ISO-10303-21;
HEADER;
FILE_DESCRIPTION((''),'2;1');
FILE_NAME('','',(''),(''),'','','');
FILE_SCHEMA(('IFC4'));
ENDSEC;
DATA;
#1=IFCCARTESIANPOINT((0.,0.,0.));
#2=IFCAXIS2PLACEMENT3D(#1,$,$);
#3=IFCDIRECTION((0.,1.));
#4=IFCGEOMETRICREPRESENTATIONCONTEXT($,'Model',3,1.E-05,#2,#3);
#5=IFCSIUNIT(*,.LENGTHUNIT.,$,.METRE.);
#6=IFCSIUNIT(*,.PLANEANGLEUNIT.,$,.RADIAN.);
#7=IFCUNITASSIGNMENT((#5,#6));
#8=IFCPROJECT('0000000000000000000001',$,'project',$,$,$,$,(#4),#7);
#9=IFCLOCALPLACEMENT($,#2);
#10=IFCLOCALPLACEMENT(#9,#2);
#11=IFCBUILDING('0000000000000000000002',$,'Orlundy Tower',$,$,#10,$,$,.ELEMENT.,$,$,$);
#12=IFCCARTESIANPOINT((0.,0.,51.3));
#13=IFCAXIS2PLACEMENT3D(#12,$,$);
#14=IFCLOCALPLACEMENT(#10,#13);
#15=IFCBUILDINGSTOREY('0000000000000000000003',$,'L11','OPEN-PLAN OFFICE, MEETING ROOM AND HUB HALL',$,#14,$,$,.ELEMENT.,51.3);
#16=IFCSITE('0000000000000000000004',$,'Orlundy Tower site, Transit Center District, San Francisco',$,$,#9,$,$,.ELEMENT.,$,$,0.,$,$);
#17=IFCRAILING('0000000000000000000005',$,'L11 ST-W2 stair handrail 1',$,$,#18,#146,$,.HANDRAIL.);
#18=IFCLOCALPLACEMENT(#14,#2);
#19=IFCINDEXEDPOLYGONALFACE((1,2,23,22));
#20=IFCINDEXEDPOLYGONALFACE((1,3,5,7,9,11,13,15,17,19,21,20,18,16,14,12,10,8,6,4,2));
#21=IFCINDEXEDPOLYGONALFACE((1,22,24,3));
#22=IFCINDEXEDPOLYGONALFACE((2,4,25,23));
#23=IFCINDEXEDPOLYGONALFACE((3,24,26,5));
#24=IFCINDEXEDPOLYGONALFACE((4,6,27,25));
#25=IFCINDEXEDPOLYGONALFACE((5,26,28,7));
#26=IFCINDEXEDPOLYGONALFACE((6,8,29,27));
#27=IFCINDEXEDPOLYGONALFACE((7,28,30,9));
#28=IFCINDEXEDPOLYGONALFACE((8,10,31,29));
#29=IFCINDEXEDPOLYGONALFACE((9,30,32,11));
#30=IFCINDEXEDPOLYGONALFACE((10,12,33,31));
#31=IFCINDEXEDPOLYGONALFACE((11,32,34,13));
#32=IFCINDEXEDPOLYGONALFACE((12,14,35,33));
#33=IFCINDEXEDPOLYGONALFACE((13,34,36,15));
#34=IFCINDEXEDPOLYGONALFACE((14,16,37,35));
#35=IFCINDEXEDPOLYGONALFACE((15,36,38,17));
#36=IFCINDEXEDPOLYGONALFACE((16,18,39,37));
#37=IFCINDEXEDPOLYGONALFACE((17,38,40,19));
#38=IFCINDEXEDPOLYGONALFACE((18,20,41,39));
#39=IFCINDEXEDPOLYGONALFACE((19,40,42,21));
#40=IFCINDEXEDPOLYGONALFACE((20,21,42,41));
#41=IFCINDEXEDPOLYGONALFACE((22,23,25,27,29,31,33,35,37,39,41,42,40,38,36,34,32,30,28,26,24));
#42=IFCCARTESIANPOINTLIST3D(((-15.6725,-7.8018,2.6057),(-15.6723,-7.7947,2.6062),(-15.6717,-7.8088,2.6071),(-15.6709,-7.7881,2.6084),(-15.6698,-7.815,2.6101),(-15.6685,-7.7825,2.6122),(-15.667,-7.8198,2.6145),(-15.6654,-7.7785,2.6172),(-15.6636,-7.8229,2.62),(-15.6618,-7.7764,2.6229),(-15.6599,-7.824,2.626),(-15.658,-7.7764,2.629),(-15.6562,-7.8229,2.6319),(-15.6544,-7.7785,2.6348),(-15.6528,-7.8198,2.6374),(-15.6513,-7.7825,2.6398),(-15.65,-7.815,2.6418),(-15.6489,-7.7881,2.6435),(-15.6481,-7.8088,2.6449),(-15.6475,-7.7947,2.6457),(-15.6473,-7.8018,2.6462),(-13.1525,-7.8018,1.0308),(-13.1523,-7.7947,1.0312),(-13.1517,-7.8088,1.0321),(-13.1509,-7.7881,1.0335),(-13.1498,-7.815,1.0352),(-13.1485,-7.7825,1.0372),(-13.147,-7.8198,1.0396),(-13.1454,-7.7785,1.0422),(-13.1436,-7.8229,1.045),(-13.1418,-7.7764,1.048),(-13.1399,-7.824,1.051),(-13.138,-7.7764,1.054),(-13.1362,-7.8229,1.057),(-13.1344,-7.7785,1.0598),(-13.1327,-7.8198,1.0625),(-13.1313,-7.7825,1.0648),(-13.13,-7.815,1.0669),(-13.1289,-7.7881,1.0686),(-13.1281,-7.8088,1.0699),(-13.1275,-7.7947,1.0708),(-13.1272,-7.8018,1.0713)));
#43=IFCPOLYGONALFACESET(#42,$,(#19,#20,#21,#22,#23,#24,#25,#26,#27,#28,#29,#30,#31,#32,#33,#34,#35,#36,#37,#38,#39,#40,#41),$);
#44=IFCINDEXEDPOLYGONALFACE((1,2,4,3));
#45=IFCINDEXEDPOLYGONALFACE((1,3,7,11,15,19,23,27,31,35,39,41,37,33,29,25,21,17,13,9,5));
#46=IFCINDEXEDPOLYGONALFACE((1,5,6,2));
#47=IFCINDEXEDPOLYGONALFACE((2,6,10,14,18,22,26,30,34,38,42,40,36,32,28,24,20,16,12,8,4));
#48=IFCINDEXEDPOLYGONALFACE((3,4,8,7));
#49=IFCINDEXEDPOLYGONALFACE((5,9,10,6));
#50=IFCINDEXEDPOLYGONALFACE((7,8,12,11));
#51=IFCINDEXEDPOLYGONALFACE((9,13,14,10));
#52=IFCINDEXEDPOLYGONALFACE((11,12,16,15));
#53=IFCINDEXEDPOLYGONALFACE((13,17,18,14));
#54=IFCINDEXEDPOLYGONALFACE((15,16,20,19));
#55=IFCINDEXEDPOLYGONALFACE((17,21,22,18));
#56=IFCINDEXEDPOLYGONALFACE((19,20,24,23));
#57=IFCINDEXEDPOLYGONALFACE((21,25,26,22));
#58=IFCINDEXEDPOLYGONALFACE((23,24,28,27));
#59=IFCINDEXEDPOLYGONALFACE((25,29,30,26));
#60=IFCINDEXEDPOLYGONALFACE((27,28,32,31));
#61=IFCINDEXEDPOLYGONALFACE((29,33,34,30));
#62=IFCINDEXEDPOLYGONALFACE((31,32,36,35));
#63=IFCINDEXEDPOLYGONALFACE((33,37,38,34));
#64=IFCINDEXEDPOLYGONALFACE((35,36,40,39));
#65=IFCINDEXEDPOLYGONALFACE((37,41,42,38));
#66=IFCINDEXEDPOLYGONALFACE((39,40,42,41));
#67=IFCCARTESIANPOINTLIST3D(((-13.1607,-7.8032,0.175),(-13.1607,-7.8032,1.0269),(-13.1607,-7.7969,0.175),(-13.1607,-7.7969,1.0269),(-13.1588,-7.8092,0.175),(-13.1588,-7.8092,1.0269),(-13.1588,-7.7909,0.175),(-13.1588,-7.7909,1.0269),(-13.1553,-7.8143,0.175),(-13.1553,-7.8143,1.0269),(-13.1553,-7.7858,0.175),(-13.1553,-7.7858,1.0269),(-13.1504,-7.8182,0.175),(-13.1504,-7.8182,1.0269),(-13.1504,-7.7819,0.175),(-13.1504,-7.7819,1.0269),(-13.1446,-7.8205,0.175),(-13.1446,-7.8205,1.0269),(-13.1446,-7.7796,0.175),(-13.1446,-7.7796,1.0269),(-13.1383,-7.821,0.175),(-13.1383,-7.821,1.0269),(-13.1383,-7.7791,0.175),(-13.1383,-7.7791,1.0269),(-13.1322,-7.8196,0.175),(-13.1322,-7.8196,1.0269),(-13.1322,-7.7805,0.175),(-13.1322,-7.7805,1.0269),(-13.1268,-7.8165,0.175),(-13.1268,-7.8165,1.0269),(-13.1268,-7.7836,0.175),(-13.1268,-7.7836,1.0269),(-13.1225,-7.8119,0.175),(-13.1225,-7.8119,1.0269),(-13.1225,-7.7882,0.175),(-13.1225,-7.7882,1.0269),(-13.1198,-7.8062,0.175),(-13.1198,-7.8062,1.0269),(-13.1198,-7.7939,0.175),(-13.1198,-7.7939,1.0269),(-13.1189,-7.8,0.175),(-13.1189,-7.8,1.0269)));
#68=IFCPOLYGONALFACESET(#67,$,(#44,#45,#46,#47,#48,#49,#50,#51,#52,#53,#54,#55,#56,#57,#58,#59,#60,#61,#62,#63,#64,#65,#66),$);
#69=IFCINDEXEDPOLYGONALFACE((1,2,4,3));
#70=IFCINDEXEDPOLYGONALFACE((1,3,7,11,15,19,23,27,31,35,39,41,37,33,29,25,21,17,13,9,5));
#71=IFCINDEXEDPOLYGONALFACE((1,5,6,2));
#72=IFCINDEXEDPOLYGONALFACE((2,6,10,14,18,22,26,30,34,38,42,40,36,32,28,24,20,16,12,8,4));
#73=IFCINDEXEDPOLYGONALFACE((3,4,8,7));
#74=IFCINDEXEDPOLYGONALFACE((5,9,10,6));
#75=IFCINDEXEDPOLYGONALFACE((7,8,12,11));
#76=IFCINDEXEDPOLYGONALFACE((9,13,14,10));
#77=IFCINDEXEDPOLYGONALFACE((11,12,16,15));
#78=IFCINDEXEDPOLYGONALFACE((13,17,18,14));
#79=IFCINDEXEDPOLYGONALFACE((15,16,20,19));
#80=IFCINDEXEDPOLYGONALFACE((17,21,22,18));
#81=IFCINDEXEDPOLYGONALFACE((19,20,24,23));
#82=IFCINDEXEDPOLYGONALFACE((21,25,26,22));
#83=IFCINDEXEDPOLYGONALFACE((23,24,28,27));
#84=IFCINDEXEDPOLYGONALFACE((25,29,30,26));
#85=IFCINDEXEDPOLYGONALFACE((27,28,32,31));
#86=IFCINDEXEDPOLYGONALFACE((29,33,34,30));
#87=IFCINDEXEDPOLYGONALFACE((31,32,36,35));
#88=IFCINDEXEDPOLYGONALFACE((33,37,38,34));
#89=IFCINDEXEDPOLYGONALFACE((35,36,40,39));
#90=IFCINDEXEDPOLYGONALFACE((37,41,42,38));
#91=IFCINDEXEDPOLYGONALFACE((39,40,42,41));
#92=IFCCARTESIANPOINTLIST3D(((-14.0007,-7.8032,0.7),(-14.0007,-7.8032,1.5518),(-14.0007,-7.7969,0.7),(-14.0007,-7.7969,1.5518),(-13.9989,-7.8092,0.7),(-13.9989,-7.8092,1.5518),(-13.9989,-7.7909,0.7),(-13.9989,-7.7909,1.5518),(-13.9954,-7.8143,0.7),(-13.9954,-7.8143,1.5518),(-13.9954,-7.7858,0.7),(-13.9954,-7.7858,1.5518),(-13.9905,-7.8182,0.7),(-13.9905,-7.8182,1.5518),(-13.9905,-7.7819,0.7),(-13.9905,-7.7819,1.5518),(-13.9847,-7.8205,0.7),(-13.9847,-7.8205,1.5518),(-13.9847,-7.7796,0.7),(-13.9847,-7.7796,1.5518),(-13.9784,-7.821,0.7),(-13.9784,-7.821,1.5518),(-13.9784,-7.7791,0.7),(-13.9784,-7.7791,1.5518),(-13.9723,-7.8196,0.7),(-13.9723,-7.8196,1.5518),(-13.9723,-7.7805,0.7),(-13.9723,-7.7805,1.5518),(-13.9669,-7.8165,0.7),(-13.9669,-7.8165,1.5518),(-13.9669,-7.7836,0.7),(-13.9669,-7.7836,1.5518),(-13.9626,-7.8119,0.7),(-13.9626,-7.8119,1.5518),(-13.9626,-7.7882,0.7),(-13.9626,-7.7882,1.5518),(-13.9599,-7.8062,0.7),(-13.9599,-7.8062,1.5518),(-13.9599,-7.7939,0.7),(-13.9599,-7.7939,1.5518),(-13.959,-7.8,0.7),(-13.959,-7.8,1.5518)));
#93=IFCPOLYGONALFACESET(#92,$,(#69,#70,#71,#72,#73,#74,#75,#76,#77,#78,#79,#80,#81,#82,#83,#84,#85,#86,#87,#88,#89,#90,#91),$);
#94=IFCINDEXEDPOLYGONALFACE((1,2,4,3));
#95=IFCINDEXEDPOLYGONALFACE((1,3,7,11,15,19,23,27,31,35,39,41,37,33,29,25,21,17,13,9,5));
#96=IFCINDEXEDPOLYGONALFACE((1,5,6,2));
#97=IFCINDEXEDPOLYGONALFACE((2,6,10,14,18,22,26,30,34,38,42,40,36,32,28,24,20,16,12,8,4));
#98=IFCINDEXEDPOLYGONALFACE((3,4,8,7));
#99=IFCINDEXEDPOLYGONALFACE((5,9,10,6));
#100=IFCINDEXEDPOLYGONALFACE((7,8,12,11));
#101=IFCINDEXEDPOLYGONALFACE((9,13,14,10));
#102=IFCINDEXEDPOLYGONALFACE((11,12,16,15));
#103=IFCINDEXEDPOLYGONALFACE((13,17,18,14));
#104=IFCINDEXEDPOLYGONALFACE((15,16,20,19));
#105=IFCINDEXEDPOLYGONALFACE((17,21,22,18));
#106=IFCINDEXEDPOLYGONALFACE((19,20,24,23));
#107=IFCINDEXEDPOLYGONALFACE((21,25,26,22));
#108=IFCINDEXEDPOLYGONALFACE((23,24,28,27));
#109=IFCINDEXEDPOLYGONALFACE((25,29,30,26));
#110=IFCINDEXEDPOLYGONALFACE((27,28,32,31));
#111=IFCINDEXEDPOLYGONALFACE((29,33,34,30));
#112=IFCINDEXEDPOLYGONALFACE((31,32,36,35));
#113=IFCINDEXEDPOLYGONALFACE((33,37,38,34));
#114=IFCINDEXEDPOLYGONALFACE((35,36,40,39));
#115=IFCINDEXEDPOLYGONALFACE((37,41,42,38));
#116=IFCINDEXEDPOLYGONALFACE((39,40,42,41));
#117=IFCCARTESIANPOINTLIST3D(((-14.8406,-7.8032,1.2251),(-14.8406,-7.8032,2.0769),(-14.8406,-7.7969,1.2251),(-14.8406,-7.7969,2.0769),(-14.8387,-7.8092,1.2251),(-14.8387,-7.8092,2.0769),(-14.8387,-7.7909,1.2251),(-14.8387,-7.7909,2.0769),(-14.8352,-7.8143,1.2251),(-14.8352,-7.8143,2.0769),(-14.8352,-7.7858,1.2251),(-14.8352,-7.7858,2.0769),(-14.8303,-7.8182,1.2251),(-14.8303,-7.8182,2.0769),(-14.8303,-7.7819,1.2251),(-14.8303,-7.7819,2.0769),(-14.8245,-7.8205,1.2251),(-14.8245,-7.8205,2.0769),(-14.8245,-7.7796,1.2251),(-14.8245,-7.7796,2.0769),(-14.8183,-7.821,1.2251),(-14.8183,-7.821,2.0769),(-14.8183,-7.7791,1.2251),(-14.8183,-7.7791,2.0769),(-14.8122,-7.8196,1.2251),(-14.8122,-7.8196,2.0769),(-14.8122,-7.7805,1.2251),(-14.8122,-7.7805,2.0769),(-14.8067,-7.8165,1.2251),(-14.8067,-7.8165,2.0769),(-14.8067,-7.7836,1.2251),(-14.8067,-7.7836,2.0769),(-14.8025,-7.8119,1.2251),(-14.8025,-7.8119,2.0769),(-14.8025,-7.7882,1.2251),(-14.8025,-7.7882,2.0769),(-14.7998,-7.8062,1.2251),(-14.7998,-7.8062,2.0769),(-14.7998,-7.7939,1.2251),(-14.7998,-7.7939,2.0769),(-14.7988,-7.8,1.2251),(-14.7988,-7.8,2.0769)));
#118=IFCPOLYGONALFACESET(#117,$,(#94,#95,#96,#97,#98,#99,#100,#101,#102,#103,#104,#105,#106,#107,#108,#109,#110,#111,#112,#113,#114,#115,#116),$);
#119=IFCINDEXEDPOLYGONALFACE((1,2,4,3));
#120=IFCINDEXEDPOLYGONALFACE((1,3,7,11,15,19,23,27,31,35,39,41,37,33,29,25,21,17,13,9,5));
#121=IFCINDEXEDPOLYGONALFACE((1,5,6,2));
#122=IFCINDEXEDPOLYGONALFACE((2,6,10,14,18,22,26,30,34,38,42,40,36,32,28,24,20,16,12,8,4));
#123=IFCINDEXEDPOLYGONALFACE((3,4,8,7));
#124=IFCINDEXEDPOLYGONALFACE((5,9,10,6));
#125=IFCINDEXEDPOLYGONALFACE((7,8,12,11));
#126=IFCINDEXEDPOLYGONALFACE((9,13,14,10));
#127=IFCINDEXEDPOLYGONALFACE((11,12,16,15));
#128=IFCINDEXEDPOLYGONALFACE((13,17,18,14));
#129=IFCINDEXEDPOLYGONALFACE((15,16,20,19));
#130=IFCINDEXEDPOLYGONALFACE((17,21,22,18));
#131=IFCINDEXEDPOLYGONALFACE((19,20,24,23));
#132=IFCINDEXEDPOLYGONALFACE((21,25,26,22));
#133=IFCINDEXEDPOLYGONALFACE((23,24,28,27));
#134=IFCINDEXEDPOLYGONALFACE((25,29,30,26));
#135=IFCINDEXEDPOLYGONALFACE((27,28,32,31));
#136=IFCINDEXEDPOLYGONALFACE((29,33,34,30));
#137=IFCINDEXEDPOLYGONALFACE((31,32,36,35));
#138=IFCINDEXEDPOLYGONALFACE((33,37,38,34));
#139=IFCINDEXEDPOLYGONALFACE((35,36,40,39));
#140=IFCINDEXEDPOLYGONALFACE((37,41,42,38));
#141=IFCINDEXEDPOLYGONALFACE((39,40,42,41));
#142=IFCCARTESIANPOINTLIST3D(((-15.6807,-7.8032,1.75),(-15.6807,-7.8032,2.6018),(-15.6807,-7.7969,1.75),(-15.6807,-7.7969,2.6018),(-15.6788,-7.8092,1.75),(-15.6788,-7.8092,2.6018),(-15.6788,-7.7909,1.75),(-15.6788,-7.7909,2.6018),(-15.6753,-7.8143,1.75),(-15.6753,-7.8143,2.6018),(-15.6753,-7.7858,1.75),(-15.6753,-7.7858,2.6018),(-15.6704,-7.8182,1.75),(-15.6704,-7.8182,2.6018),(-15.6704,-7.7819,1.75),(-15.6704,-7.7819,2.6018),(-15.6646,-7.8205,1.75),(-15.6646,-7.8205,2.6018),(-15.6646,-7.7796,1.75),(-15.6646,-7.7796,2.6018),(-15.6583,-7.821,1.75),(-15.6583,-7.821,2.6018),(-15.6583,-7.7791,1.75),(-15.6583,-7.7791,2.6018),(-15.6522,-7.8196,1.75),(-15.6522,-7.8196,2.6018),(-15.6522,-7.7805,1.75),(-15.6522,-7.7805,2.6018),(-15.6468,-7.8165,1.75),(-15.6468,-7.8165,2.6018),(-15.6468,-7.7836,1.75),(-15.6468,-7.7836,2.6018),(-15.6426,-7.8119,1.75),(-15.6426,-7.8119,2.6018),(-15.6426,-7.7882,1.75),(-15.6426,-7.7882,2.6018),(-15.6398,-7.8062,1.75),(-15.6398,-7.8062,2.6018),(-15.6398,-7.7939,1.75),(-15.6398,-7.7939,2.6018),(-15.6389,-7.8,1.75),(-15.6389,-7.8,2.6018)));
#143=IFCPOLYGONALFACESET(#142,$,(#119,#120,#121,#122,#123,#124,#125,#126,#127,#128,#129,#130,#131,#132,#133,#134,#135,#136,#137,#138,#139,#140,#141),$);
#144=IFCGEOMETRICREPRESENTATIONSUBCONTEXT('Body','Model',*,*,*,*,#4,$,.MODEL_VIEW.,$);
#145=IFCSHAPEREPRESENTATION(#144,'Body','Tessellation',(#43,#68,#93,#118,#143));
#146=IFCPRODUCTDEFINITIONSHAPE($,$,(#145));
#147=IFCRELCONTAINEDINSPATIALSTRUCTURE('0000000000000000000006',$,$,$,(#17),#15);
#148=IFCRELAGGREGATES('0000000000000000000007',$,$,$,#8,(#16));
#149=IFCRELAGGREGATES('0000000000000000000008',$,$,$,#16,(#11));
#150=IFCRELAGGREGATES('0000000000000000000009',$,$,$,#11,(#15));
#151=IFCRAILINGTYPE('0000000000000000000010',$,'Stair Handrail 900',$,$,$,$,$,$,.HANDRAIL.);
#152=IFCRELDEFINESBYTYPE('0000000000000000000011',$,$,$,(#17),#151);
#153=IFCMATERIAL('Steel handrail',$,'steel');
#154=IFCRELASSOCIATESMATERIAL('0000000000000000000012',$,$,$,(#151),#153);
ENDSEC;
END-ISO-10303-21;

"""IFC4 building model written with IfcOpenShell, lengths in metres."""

from ifc_helpers import new_model, si_unit, direction, frame, origin, origin_2d, place, context, subcontext, project, spatial, circle, extrude, material, type_object, element, save


model = new_model("IFC4")

# Units and contexts
model_context = context("Model", 3, precision=1e-05, world=origin(), true_north=direction((0.0, 1.0)))
body_context = subcontext(model_context, "Body", "Model", "MODEL_VIEW")
ifc_project = project(units=[si_unit("LENGTHUNIT", "METRE"), si_unit("PLANEANGLEUNIT", "RADIAN")], contexts=[model_context])

# Site, building, storey
site_placement = place(None, origin())
site = spatial("IfcSite", under=ifc_project, at=site_placement, Name="Orlundy Tower site, Transit Center District, San Francisco", CompositionType="ELEMENT", RefElevation=0.0)
building_placement = place(site_placement, origin())
building = spatial("IfcBuilding", under=site, at=building_placement, Name="Orlundy Tower", CompositionType="ELEMENT")
storey_placement = place(building_placement, frame((0.0, 0.0, 51.3)))
storey = spatial("IfcBuildingStorey", under=building, at=storey_placement, Name="L11", Description="OPEN-PLAN OFFICE, MEETING ROOM AND HUB HALL", CompositionType="ELEMENT", Elevation=51.3)

# Railing
ifc_material_1 = material(Name="Steel handrail", Category="steel")
railing_type = type_object("IfcRailingType", Name="Stair Handrail 900", PredefinedType="HANDRAIL", material=ifc_material_1)
railing_1_placement = place(storey_placement, frame((-13.1399, -7.8, 0.175)))
element("IfcRailing", 1, at=railing_1_placement, inside=storey, type_object=railing_type, Name="L11 ST-W2 stair handrail 1", PredefinedType="HANDRAIL", context=body_context, shape_type="SweptSolid", body=[
    extrude(circle(Radius=0.0239, at=origin_2d()), frame((0.0, 0.0, 0.876), z_axis=(-0.848008, 0.0, 0.529984), x_axis=(0.0, -1.0, 0.0)), (0.0, 0.0, 1.0), 2.9717),
    extrude(circle(Radius=0.021, at=origin_2d()), origin(), (0.0, 0.0, 1.0), 0.8518),
    extrude(circle(Radius=0.021, at=origin_2d()), frame((-0.8401, 0.0, 0.5249)), (0.0, 0.0, 1.0), 0.8518),
    extrude(circle(Radius=0.021, at=origin_2d()), frame((-1.6799, 0.0, 1.05)), (0.0, 0.0, 1.0), 0.8518),
    extrude(circle(Radius=0.021, at=origin_2d()), frame((-2.52, 0.0, 1.575)), (0.0, 0.0, 1.0), 0.8518),
])

save(model, "model.ifc")
